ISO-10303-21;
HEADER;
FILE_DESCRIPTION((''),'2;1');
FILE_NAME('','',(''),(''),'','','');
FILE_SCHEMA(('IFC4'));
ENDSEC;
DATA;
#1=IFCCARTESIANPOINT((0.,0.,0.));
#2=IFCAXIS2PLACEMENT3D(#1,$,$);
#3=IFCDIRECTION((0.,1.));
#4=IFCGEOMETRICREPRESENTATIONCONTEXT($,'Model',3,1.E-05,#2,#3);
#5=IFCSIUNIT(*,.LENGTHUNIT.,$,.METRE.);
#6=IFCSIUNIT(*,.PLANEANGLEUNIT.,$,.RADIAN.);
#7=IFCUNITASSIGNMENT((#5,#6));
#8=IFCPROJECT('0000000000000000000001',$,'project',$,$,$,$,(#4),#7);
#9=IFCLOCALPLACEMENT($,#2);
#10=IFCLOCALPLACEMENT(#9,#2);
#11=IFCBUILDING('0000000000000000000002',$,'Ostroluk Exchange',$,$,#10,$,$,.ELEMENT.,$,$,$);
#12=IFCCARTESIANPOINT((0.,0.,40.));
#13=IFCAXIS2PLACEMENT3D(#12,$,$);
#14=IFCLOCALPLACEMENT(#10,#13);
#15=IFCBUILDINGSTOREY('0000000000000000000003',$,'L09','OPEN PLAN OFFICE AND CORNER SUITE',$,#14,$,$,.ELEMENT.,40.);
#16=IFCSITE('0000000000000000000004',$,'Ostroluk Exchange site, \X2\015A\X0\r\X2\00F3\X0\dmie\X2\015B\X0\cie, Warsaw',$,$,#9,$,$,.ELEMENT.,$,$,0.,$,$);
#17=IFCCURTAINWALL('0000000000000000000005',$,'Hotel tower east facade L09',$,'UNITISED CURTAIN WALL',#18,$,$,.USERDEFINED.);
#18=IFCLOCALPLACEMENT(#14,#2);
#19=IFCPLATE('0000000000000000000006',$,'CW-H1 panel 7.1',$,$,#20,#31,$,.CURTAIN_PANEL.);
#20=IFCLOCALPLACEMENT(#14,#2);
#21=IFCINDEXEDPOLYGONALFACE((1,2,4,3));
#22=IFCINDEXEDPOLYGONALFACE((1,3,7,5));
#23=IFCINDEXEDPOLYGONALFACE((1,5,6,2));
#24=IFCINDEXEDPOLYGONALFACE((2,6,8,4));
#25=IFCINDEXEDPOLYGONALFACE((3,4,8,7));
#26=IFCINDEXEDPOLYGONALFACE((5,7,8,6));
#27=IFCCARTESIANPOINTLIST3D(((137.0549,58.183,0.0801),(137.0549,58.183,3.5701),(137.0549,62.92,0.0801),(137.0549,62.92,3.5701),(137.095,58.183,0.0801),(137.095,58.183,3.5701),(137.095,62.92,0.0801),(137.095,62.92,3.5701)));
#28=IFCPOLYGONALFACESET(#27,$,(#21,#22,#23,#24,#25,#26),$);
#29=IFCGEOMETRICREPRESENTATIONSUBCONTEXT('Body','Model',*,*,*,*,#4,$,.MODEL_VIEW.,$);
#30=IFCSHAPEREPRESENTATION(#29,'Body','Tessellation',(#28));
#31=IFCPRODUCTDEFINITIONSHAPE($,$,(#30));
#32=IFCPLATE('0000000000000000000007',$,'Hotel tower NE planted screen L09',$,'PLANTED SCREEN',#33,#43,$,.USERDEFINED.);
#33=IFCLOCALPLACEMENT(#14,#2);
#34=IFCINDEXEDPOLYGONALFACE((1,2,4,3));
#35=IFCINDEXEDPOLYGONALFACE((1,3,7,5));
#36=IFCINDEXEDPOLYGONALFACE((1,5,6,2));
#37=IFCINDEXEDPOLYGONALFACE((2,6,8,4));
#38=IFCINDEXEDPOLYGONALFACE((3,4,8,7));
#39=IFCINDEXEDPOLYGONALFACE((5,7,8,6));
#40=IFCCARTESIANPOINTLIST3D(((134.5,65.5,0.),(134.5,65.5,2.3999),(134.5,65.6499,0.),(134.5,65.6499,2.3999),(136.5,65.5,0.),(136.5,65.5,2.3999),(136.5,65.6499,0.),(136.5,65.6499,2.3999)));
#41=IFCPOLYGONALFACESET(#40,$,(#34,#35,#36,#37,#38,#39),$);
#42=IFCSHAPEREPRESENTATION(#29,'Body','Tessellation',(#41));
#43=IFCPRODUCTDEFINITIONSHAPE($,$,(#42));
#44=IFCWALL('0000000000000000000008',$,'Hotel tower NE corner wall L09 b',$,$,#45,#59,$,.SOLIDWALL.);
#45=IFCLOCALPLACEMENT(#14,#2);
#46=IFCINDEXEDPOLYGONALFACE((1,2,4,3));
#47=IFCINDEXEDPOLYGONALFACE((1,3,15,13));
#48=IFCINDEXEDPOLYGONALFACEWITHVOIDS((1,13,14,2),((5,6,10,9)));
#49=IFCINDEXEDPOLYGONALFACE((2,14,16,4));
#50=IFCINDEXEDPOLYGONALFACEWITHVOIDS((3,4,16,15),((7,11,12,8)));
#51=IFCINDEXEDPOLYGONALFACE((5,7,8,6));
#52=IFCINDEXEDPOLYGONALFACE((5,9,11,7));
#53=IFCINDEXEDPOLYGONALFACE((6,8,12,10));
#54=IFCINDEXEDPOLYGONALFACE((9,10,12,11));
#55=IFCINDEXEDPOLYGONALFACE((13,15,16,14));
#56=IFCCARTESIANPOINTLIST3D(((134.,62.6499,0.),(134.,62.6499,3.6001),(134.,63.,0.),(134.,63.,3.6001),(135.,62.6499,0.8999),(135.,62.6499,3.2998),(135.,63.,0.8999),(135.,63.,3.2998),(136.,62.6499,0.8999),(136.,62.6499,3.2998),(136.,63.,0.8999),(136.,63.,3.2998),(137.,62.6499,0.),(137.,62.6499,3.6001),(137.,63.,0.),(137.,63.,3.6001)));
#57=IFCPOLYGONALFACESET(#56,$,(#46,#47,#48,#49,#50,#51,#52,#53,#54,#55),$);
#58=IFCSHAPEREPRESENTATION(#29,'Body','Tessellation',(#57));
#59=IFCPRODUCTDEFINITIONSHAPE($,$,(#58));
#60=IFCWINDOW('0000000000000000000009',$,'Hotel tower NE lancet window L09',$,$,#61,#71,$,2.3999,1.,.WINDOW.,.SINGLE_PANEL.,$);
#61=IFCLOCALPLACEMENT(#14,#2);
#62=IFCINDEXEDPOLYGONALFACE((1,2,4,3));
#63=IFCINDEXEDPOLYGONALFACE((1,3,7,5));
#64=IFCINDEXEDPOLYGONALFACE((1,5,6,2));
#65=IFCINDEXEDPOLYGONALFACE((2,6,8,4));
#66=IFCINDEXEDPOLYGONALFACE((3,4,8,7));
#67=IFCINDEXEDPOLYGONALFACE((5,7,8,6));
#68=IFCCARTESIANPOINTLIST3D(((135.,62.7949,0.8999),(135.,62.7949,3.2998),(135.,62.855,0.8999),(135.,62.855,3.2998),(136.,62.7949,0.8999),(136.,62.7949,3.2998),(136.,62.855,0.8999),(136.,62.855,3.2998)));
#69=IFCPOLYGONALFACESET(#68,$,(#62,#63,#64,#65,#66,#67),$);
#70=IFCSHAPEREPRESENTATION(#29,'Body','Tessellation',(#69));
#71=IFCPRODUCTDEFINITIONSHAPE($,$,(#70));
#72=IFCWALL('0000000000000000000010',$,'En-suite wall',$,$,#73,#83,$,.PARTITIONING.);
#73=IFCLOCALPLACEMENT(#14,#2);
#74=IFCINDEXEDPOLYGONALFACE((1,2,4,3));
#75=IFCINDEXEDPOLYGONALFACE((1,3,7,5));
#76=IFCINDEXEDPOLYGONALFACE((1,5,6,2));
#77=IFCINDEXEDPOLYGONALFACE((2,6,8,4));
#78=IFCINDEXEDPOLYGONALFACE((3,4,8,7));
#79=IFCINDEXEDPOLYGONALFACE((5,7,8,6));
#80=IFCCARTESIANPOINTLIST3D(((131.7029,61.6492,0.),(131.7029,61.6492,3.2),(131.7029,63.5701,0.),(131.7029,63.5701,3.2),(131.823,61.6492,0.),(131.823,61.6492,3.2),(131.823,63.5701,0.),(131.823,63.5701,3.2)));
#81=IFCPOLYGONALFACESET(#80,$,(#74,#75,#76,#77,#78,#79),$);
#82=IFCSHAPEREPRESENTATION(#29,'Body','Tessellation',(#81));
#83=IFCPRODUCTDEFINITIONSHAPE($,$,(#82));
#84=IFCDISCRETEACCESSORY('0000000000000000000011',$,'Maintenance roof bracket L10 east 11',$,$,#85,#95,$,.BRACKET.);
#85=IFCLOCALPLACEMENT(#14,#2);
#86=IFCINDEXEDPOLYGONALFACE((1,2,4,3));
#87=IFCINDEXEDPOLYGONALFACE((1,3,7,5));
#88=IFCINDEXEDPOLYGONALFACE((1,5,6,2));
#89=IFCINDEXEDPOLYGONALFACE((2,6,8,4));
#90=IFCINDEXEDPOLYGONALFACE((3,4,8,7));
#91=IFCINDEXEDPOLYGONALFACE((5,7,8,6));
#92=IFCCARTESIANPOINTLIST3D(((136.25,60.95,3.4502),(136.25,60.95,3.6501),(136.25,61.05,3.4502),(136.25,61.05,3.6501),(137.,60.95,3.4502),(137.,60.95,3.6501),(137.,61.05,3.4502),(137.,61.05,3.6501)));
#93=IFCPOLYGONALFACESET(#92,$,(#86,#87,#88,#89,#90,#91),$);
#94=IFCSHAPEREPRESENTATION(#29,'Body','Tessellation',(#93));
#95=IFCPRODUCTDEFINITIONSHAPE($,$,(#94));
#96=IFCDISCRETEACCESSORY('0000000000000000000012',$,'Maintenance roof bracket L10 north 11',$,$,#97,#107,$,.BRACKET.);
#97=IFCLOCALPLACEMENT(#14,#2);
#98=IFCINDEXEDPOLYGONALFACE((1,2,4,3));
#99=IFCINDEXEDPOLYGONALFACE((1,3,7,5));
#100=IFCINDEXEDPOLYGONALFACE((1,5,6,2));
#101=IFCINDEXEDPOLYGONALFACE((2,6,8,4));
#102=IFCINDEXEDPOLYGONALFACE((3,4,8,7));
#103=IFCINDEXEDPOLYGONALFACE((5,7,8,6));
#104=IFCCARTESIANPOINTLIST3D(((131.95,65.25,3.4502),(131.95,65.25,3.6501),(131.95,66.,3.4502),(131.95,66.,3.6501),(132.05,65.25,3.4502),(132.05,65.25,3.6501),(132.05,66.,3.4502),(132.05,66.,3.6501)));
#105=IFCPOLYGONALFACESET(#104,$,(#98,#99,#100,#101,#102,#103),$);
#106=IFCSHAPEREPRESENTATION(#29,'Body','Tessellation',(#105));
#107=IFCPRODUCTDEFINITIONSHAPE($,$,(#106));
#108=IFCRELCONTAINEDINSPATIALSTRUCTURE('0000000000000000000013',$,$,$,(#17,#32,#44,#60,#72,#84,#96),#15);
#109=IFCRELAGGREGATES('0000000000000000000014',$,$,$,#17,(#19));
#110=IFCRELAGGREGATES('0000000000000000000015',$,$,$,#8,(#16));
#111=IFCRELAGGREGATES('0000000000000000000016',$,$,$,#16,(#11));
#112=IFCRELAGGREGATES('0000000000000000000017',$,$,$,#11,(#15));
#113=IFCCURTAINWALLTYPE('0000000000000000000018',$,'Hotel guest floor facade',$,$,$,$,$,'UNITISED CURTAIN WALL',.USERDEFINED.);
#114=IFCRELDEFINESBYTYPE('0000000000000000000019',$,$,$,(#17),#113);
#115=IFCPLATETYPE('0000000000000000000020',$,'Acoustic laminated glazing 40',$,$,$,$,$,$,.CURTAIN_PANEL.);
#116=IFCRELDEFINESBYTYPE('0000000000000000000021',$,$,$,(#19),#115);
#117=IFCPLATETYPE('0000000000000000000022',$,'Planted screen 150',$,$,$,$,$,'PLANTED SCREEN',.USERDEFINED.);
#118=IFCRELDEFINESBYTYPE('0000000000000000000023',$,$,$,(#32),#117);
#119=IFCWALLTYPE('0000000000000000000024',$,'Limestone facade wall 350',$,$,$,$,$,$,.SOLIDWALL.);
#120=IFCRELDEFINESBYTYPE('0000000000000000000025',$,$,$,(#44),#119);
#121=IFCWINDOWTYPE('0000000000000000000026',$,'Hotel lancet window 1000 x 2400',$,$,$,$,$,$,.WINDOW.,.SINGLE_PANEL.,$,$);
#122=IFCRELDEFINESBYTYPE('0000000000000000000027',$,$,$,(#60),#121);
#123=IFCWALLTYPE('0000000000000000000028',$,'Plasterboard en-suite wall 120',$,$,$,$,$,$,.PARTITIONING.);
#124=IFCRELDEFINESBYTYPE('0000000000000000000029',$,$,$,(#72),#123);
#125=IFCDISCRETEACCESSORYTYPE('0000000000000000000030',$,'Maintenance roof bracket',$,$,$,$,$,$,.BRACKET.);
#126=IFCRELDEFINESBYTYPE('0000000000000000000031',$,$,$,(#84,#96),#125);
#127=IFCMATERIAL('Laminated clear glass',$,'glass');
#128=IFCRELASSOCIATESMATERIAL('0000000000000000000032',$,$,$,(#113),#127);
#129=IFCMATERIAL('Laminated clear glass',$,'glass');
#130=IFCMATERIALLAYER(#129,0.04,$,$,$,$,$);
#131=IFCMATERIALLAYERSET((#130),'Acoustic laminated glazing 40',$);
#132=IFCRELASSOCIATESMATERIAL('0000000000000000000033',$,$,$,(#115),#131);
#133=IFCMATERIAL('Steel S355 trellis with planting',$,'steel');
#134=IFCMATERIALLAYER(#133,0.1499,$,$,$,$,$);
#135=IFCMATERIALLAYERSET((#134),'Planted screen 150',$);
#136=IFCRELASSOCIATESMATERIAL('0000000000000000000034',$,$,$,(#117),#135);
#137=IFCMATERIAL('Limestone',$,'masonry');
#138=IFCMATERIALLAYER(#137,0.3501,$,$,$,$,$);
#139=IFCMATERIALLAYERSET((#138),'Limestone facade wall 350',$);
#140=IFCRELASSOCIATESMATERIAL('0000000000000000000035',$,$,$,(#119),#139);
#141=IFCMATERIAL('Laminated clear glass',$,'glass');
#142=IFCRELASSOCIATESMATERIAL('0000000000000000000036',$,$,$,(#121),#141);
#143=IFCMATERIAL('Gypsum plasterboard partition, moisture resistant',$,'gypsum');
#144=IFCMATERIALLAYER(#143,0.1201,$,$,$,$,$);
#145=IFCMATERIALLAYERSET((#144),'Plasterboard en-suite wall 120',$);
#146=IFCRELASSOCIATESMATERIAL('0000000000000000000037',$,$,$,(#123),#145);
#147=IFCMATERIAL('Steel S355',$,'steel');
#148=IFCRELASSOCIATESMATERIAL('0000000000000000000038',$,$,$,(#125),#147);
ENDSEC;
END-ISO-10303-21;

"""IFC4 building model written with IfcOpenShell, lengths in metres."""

from ifc_helpers import new_model, si_unit, direction, frame, frame_2d, origin, origin_2d, place, context, subcontext, project, spatial, rectangle, extrude, material, layer, layer_set, type_object, element, fill, aggregate, save


model = new_model("IFC4")

# Units and contexts
model_context = context("Model", 3, precision=1e-05, world=origin(), true_north=direction((0.0, 1.0)))
body_context = subcontext(model_context, "Body", "Model", "MODEL_VIEW")
ifc_project = project(units=[si_unit("LENGTHUNIT", "METRE"), si_unit("PLANEANGLEUNIT", "RADIAN")], contexts=[model_context])

# Site, building, storey
site_placement = place(None, origin())
site = spatial("IfcSite", under=ifc_project, at=site_placement, Name="Ostroluk Exchange site, Śródmieście, Warsaw", CompositionType="ELEMENT", RefElevation=0.0)
building_placement = place(site_placement, origin())
building = spatial("IfcBuilding", under=site, at=building_placement, Name="Ostroluk Exchange", CompositionType="ELEMENT")
storey_placement = place(building_placement, frame((0.0, 0.0, 40.0)))
storey = spatial("IfcBuildingStorey", under=building, at=storey_placement, Name="L09", Description="OPEN PLAN OFFICE AND CORNER SUITE", CompositionType="ELEMENT", Elevation=40.0)

# Curtain wall
ifc_material_1 = material(Name="Laminated clear glass", Category="glass")
curtain_wall_type = type_object("IfcCurtainWallType", Name="Hotel guest floor facade", ElementType="UNITISED CURTAIN WALL", PredefinedType="USERDEFINED", material=ifc_material_1)
curtain_wall_1_placement = place(storey_placement, origin())
curtain_wall_1 = element("IfcCurtainWall", 1, at=curtain_wall_1_placement, inside=storey, type_object=curtain_wall_type, Name="Hotel tower east facade L09", ObjectType="UNITISED CURTAIN WALL", PredefinedType="USERDEFINED")

# Plates
ifc_material_2 = material(Name="Laminated clear glass", Category="glass")
ifc_layer_1 = layer(ifc_material_2, 0.04)
ifc_layer_set_1 = layer_set([ifc_layer_1], Name="Acoustic laminated glazing 40")
plate_type_1 = type_object("IfcPlateType", Name="Acoustic laminated glazing 40", PredefinedType="CURTAIN_PANEL", material=ifc_layer_set_1)
plate_1_placement = place(storey_placement, frame((137.075, 60.5515, 0.0801), z_axis=(0.0, 0.0, 1.0), x_axis=(0.0, 1.0, 0.0)))
plate_1 = element("IfcPlate", 2, at=plate_1_placement, type_object=plate_type_1, Name="CW-H1 panel 7.1", PredefinedType="CURTAIN_PANEL", context=body_context, shape_type="SweptSolid", body=[
    extrude(rectangle(XDim=4.7371, YDim=0.04, at=origin_2d()), origin(), (0.0, 0.0, 1.0), 3.49),
])
aggregate(curtain_wall_1, [plate_1])
ifc_material_3 = material(Name="Steel S355 trellis with planting", Category="steel")
ifc_layer_2 = layer(ifc_material_3, 0.1499)
ifc_layer_set_2 = layer_set([ifc_layer_2], Name="Planted screen 150")
plate_type_2 = type_object("IfcPlateType", Name="Planted screen 150", ElementType="PLANTED SCREEN", PredefinedType="USERDEFINED", material=ifc_layer_set_2)
plate_2_placement = place(storey_placement, frame((135.5, 65.575, 0.0), z_axis=(0.0, 0.0, 1.0), x_axis=(1.0, 0.0, 0.0)))
element("IfcPlate", 3, at=plate_2_placement, inside=storey, type_object=plate_type_2, Name="Hotel tower NE planted screen L09", ObjectType="PLANTED SCREEN", PredefinedType="USERDEFINED", context=body_context, shape_type="SweptSolid", body=[
    extrude(rectangle(XDim=2.0, YDim=0.1499, at=origin_2d()), origin(), (0.0, 0.0, 1.0), 2.3999),
])

# Shared definitions
ifc_material_4 = material(Name="Limestone", Category="masonry")
ifc_layer_3 = layer(ifc_material_4, 0.3501)
ifc_layer_set_3 = layer_set([ifc_layer_3], Name="Limestone facade wall 350")
wall_type_1 = type_object("IfcWallType", Name="Limestone facade wall 350", PredefinedType="SOLIDWALL", material=ifc_layer_set_3)

# Wall, opening, window
wall_1_placement = place(storey_placement, frame((134.0, 62.825, 0.0), z_axis=(0.0, 0.0, 1.0), x_axis=(1.0, 0.0, 0.0)))
wall_1 = element("IfcWall", 4, at=wall_1_placement, inside=storey, type_object=wall_type_1, Name="Hotel tower NE corner wall L09 b", PredefinedType="SOLIDWALL", context=body_context, shape_type="SweptSolid", body=[
    extrude(rectangle(XDim=3.0, YDim=0.3501, at=frame_2d((1.5, 0.0))), origin(), (0.0, 0.0, 1.0), 3.6001),
])
opening_1_placement = place(wall_1_placement, frame((1.0, 0.0, 0.8999)))
opening_1 = element("IfcOpeningElement", 5, at=opening_1_placement, cuts=wall_1, PredefinedType="OPENING", context=body_context, shape_type="SweptSolid", body=[
    extrude(rectangle(XDim=1.0, YDim=2.3999, at=frame_2d((0.5, 1.2))), frame((0.0, 0.1851, 0.0), z_axis=(0.0, -1.0, 0.0), x_axis=(1.0, 0.0, 0.0)), (0.0, 0.0, 1.0), 0.3701),
])
ifc_material_5 = material(Name="Laminated clear glass", Category="glass")
window_type = type_object("IfcWindowType", Name="Hotel lancet window 1000 x 2400", PartitioningType="SINGLE_PANEL", PredefinedType="WINDOW", material=ifc_material_5)
window_placement = place(opening_1_placement, origin())
window = element("IfcWindow", 6, at=window_placement, inside=storey, type_object=window_type, Name="Hotel tower NE lancet window L09", OverallHeight=2.3999, OverallWidth=1.0, PartitioningType="SINGLE_PANEL", PredefinedType="WINDOW", context=body_context, shape_type="SweptSolid", body=[
    extrude(rectangle(XDim=1.0, YDim=2.3999, at=frame_2d((0.5, 1.2))), frame((0.0, 0.03, 0.0), z_axis=(0.0, -1.0, 0.0), x_axis=(1.0, 0.0, 0.0)), (0.0, 0.0, 1.0), 0.0601),
])
fill(opening_1, window)

# Wall
ifc_material_6 = material(Name="Gypsum plasterboard partition, moisture resistant", Category="gypsum")
ifc_layer_4 = layer(ifc_material_6, 0.1201)
ifc_layer_set_4 = layer_set([ifc_layer_4], Name="Plasterboard en-suite wall 120")
wall_type_2 = type_object("IfcWallType", Name="Plasterboard en-suite wall 120", PredefinedType="PARTITIONING", material=ifc_layer_set_4)
wall_2_placement = place(storey_placement, frame((131.7629, 61.6492, 0.0), z_axis=(0.0, 0.0, 1.0), x_axis=(0.0, 1.0, 0.0)))
element("IfcWall", 7, at=wall_2_placement, inside=storey, type_object=wall_type_2, Name="En-suite wall", PredefinedType="PARTITIONING", context=body_context, shape_type="SweptSolid", body=[
    extrude(rectangle(XDim=1.9209, YDim=0.1201, at=frame_2d((0.9604, 0.0))), origin(), (0.0, 0.0, 1.0), 3.2),
])

# Discrete accessories
ifc_material_7 = material(Name="Steel S355", Category="steel")
discrete_accessory_type = type_object("IfcDiscreteAccessoryType", Name="Maintenance roof bracket", PredefinedType="BRACKET", material=ifc_material_7)
discrete_accessory_1_placement = place(storey_placement, frame((136.625, 61.0, 3.4502), z_axis=(0.0, 0.0, 1.0), x_axis=(1.0, 0.0, 0.0)))
element("IfcDiscreteAccessory", 8, at=discrete_accessory_1_placement, inside=storey, type_object=discrete_accessory_type, Name="Maintenance roof bracket L10 east 11", PredefinedType="BRACKET", context=body_context, shape_type="SweptSolid", body=[
    extrude(rectangle(XDim=0.75, YDim=0.1001, at=origin_2d()), origin(), (0.0, 0.0, 1.0), 0.2),
])
discrete_accessory_2_placement = place(storey_placement, frame((132.0, 65.625, 3.4502), z_axis=(0.0, 0.0, 1.0), x_axis=(1.0, 0.0, 0.0)))
element("IfcDiscreteAccessory", 9, at=discrete_accessory_2_placement, inside=storey, type_object=discrete_accessory_type, Name="Maintenance roof bracket L10 north 11", PredefinedType="BRACKET", context=body_context, shape_type="SweptSolid", body=[
    extrude(rectangle(XDim=0.1001, YDim=0.75, at=origin_2d()), origin(), (0.0, 0.0, 1.0), 0.2),
])

save(model, "model.ifc")
